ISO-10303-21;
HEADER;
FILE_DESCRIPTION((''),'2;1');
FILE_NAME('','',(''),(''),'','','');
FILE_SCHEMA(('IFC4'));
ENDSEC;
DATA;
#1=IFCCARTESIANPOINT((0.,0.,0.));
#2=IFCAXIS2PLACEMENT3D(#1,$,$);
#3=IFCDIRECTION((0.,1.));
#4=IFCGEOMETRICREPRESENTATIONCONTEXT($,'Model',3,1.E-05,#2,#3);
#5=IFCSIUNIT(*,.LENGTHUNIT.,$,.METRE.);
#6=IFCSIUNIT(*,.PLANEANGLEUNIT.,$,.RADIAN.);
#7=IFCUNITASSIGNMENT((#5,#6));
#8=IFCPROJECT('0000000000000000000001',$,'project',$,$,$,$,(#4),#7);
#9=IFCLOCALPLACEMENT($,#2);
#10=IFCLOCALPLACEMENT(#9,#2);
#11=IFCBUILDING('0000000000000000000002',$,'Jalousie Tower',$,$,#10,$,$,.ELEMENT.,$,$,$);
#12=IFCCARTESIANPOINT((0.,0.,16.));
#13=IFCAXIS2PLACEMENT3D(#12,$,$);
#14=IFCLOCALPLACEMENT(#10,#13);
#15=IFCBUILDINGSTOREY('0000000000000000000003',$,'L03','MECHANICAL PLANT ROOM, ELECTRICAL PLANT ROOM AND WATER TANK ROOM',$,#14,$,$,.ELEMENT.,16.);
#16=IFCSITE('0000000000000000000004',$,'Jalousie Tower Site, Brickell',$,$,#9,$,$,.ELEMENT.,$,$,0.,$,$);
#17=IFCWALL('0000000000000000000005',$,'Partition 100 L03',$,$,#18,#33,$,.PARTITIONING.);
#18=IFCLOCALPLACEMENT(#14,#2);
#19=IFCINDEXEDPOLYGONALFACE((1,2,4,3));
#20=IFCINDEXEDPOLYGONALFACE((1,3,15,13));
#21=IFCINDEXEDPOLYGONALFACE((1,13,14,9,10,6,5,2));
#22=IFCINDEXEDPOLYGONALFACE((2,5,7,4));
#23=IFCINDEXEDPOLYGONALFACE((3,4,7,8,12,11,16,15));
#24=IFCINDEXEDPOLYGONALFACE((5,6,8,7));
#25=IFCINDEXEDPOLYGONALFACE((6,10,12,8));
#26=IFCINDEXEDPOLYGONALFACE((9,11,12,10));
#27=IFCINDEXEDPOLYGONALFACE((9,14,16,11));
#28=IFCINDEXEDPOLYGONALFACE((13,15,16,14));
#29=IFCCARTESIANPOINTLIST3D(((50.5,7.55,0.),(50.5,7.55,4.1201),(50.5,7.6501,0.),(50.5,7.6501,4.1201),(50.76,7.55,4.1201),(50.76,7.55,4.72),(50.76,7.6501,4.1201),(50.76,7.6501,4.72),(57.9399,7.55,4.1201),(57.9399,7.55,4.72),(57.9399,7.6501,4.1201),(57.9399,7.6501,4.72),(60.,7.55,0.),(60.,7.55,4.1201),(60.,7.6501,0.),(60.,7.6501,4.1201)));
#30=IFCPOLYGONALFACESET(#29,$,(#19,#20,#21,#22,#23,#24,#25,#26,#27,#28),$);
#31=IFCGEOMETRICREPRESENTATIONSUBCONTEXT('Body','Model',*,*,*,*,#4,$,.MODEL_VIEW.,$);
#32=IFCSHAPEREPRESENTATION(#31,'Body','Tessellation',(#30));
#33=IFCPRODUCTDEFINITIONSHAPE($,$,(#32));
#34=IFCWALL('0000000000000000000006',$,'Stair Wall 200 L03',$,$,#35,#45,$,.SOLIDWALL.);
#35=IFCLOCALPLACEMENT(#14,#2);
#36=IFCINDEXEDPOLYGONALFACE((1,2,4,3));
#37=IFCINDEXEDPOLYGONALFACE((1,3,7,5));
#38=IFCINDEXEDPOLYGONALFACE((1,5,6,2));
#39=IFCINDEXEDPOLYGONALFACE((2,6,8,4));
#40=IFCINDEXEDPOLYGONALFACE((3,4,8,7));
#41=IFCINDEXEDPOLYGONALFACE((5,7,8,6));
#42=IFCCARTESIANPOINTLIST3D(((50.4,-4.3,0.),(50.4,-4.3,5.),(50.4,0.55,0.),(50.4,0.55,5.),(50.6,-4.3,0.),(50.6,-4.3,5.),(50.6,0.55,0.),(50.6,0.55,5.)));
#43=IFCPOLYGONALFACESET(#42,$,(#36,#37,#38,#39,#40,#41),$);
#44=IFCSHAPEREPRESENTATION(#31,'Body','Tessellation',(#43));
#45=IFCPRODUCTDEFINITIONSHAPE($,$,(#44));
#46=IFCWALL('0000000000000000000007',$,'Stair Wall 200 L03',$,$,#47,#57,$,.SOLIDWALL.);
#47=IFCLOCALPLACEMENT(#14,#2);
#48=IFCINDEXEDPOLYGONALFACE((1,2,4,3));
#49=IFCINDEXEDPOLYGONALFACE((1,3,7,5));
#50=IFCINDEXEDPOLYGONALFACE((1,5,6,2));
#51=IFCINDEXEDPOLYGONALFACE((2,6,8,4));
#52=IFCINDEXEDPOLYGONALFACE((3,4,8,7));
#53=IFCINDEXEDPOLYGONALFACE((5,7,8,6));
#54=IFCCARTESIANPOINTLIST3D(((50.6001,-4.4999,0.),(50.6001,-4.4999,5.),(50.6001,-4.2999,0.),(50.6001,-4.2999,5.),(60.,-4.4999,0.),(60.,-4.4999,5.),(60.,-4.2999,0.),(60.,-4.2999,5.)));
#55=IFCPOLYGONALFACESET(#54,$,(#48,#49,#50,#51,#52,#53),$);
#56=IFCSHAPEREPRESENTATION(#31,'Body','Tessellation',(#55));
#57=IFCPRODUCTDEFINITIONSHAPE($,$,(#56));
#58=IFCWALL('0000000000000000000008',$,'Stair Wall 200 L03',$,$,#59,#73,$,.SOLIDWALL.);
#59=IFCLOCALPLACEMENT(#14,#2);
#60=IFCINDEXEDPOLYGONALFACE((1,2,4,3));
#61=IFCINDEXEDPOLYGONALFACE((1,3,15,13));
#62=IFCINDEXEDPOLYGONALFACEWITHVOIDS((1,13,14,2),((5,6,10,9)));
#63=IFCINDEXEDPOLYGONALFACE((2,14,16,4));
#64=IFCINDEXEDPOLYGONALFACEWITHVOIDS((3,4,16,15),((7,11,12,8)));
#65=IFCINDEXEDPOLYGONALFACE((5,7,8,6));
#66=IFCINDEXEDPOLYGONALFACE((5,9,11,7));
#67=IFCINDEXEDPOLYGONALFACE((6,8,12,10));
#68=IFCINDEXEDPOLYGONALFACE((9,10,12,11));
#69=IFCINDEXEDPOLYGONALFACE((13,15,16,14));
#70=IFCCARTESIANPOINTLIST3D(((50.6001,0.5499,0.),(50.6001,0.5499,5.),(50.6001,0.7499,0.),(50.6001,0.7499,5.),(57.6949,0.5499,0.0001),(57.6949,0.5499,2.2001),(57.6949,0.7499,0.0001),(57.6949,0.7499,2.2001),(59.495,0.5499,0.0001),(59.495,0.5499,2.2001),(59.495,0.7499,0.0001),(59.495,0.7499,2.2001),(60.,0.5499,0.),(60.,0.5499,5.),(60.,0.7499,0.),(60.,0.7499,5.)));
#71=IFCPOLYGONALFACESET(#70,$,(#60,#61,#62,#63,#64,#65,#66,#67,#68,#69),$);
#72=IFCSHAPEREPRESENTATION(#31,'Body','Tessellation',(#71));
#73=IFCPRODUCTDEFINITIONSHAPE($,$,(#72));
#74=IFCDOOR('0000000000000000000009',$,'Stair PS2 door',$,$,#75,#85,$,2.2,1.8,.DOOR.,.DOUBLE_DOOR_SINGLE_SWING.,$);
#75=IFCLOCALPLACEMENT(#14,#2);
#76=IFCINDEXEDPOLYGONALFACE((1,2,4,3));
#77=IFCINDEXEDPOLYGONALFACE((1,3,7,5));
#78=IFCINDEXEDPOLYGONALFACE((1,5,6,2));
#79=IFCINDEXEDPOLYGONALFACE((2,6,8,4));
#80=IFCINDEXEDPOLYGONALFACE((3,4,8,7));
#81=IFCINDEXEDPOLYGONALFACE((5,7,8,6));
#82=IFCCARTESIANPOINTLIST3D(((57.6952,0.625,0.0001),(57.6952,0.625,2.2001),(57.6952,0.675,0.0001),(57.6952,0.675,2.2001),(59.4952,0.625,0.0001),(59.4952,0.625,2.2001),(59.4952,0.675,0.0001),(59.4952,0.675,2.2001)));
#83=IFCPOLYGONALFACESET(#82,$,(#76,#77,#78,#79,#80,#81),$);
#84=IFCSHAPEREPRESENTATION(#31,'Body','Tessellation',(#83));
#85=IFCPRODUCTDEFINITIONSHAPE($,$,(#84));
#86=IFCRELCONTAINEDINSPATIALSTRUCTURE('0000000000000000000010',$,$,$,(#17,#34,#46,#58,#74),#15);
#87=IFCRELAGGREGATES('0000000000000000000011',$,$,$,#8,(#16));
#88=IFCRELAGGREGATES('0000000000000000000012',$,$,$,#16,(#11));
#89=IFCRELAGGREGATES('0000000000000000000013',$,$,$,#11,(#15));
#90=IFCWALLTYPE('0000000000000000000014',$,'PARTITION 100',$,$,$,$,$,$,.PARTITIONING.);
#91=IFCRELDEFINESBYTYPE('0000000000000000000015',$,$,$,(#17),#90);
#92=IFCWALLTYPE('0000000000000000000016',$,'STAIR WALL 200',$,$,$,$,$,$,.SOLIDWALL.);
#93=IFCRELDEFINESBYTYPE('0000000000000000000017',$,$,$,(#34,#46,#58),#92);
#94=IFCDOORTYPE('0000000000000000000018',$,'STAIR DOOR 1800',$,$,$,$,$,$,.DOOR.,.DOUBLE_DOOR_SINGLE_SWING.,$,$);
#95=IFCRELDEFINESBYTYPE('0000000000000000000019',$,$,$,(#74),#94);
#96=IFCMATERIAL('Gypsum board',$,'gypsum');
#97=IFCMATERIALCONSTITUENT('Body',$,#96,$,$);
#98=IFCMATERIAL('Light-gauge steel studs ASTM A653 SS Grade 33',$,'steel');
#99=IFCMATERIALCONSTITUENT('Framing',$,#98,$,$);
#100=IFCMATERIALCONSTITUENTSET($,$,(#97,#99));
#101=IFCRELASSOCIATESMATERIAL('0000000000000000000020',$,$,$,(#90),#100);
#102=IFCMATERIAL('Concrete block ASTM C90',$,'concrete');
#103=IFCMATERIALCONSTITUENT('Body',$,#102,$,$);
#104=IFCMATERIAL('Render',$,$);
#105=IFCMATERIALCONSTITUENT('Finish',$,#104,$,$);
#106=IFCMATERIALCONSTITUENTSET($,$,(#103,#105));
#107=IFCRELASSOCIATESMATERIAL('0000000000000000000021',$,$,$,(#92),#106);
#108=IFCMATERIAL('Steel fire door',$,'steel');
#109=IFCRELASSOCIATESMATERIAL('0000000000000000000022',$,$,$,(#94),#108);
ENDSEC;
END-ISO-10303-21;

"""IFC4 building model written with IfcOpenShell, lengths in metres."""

from ifc_helpers import new_model, si_unit, direction, frame, frame_2d, origin, place, context, subcontext, project, spatial, polyline, rectangle, outline, extrude, material, constituent, constituent_set, type_object, element, fill, save


model = new_model("IFC4")

# Units and contexts
model_context = context("Model", 3, precision=1e-05, world=origin(), true_north=direction((0.0, 1.0)))
body_context = subcontext(model_context, "Body", "Model", "MODEL_VIEW")
ifc_project = project(units=[si_unit("LENGTHUNIT", "METRE"), si_unit("PLANEANGLEUNIT", "RADIAN")], contexts=[model_context])

# Site, building, storey
site_placement = place(None, origin())
site = spatial("IfcSite", under=ifc_project, at=site_placement, Name="Jalousie Tower Site, Brickell", CompositionType="ELEMENT", RefElevation=0.0)
building_placement = place(site_placement, origin())
building = spatial("IfcBuilding", under=site, at=building_placement, Name="Jalousie Tower", CompositionType="ELEMENT")
storey_placement = place(building_placement, frame((0.0, 0.0, 16.0)))
storey = spatial("IfcBuildingStorey", under=building, at=storey_placement, Name="L03", Description="MECHANICAL PLANT ROOM, ELECTRICAL PLANT ROOM AND WATER TANK ROOM", CompositionType="ELEMENT", Elevation=16.0)

# Walls
ifc_material_1 = material(Name="Gypsum board", Category="gypsum")
ifc_constituent_1 = constituent(ifc_material_1, Name="Body")
ifc_material_2 = material(Name="Light-gauge steel studs ASTM A653 SS Grade 33", Category="steel")
ifc_constituent_2 = constituent(ifc_material_2, Name="Framing")
ifc_constituent_set_1 = constituent_set(constituents=[ifc_constituent_1, ifc_constituent_2])
wall_type_1 = type_object("IfcWallType", Name="PARTITION 100", PredefinedType="PARTITIONING", material=ifc_constituent_set_1)
wall_1_placement = place(storey_placement, frame((50.5, 7.6001, 0.0), z_axis=(0.0, 0.0, 1.0), x_axis=(1.0, 0.0, 0.0)))
element("IfcWall", 1, at=wall_1_placement, inside=storey, type_object=wall_type_1, Name="Partition 100 L03", PredefinedType="PARTITIONING", context=body_context, shape_type="SweptSolid", body=[
    extrude(outline(polyline([(0.0, 0.0), (9.5, 0.0), (9.5, 4.72), (9.5, 4.1201), (7.4399, 4.1201), (7.4399, 4.72), (0.26, 4.72), (0.26, 4.1201), (0.0, 4.1201), (0.0, 4.72), (0.0, 0.0)])), frame((0.0, 0.05, 0.0), z_axis=(0.0, -1.0, 0.0), x_axis=(1.0, 0.0, 0.0)), (0.0, 0.0, 1.0), 0.1001),
])
ifc_material_3 = material(Name="Concrete block ASTM C90", Category="concrete")
ifc_constituent_3 = constituent(ifc_material_3, Name="Body")
ifc_material_4 = material(Name="Render")
ifc_constituent_4 = constituent(ifc_material_4, Name="Finish")
ifc_constituent_set_2 = constituent_set(constituents=[ifc_constituent_3, ifc_constituent_4])
wall_type_2 = type_object("IfcWallType", Name="STAIR WALL 200", PredefinedType="SOLIDWALL", material=ifc_constituent_set_2)
wall_2_placement = place(storey_placement, frame((50.5, -4.3, 0.0), z_axis=(0.0, 0.0, 1.0), x_axis=(0.0, 1.0, 0.0)))
element("IfcWall", 2, at=wall_2_placement, inside=storey, type_object=wall_type_2, Name="Stair Wall 200 L03", PredefinedType="SOLIDWALL", context=body_context, shape_type="SweptSolid", body=[
    extrude(rectangle(XDim=4.8501, YDim=0.2, at=frame_2d((2.425, 0.0))), origin(), (0.0, 0.0, 1.0), 5.0),
])
wall_3_placement = place(storey_placement, frame((50.6001, -4.3999, 0.0), z_axis=(0.0, 0.0, 1.0), x_axis=(1.0, 0.0, 0.0)))
element("IfcWall", 3, at=wall_3_placement, inside=storey, type_object=wall_type_2, Name="Stair Wall 200 L03", PredefinedType="SOLIDWALL", context=body_context, shape_type="SweptSolid", body=[
    extrude(rectangle(XDim=9.3999, YDim=0.2, at=frame_2d((4.7, 0.0))), origin(), (0.0, 0.0, 1.0), 5.0),
])

# Wall, opening, door
wall_4_placement = place(storey_placement, frame((50.6001, 0.6499, 0.0), z_axis=(0.0, 0.0, 1.0), x_axis=(1.0, 0.0, 0.0)))
wall_4 = element("IfcWall", 4, at=wall_4_placement, inside=storey, type_object=wall_type_2, Name="Stair Wall 200 L03", PredefinedType="SOLIDWALL", context=body_context, shape_type="SweptSolid", body=[
    extrude(rectangle(XDim=9.3999, YDim=0.2, at=frame_2d((4.7, 0.0))), origin(), (0.0, 0.0, 1.0), 5.0),
])
opening_1_placement = place(wall_4_placement, frame((7.095, 0.0, 0.0)))
opening_1 = element("IfcOpeningElement", 5, at=opening_1_placement, cuts=wall_4, PredefinedType="OPENING", context=body_context, shape_type="SweptSolid", body=[
    extrude(rectangle(XDim=1.8, YDim=2.2, at=frame_2d((0.8999, 1.1001))), frame((0.0, 0.1099, 0.0), z_axis=(0.0, -1.0, 0.0), x_axis=(1.0, 0.0, 0.0)), (0.0, 0.0, 1.0), 0.22),
])
ifc_material_5 = material(Name="Steel fire door", Category="steel")
door_type = type_object("IfcDoorType", Name="STAIR DOOR 1800", OperationType="DOUBLE_DOOR_SINGLE_SWING", PredefinedType="DOOR", material=ifc_material_5)
door_placement = place(opening_1_placement, frame((1.8, 0.0, 0.0), z_axis=(0.0, 0.0, 1.0), x_axis=(-1.0, 0.0, 0.0)))
door = element("IfcDoor", 6, at=door_placement, inside=storey, type_object=door_type, Name="Stair PS2 door", OperationType="DOUBLE_DOOR_SINGLE_SWING", OverallHeight=2.2, OverallWidth=1.8, PredefinedType="DOOR", context=body_context, shape_type="SweptSolid", body=[
    extrude(rectangle(XDim=1.8, YDim=2.2, at=frame_2d((0.8999, 1.1001))), frame((0.0, 0.0249, 0.0), z_axis=(0.0, -1.0, 0.0), x_axis=(1.0, 0.0, 0.0)), (0.0, 0.0, 1.0), 0.05),
])
fill(opening_1, door)

save(model, "model.ifc")
